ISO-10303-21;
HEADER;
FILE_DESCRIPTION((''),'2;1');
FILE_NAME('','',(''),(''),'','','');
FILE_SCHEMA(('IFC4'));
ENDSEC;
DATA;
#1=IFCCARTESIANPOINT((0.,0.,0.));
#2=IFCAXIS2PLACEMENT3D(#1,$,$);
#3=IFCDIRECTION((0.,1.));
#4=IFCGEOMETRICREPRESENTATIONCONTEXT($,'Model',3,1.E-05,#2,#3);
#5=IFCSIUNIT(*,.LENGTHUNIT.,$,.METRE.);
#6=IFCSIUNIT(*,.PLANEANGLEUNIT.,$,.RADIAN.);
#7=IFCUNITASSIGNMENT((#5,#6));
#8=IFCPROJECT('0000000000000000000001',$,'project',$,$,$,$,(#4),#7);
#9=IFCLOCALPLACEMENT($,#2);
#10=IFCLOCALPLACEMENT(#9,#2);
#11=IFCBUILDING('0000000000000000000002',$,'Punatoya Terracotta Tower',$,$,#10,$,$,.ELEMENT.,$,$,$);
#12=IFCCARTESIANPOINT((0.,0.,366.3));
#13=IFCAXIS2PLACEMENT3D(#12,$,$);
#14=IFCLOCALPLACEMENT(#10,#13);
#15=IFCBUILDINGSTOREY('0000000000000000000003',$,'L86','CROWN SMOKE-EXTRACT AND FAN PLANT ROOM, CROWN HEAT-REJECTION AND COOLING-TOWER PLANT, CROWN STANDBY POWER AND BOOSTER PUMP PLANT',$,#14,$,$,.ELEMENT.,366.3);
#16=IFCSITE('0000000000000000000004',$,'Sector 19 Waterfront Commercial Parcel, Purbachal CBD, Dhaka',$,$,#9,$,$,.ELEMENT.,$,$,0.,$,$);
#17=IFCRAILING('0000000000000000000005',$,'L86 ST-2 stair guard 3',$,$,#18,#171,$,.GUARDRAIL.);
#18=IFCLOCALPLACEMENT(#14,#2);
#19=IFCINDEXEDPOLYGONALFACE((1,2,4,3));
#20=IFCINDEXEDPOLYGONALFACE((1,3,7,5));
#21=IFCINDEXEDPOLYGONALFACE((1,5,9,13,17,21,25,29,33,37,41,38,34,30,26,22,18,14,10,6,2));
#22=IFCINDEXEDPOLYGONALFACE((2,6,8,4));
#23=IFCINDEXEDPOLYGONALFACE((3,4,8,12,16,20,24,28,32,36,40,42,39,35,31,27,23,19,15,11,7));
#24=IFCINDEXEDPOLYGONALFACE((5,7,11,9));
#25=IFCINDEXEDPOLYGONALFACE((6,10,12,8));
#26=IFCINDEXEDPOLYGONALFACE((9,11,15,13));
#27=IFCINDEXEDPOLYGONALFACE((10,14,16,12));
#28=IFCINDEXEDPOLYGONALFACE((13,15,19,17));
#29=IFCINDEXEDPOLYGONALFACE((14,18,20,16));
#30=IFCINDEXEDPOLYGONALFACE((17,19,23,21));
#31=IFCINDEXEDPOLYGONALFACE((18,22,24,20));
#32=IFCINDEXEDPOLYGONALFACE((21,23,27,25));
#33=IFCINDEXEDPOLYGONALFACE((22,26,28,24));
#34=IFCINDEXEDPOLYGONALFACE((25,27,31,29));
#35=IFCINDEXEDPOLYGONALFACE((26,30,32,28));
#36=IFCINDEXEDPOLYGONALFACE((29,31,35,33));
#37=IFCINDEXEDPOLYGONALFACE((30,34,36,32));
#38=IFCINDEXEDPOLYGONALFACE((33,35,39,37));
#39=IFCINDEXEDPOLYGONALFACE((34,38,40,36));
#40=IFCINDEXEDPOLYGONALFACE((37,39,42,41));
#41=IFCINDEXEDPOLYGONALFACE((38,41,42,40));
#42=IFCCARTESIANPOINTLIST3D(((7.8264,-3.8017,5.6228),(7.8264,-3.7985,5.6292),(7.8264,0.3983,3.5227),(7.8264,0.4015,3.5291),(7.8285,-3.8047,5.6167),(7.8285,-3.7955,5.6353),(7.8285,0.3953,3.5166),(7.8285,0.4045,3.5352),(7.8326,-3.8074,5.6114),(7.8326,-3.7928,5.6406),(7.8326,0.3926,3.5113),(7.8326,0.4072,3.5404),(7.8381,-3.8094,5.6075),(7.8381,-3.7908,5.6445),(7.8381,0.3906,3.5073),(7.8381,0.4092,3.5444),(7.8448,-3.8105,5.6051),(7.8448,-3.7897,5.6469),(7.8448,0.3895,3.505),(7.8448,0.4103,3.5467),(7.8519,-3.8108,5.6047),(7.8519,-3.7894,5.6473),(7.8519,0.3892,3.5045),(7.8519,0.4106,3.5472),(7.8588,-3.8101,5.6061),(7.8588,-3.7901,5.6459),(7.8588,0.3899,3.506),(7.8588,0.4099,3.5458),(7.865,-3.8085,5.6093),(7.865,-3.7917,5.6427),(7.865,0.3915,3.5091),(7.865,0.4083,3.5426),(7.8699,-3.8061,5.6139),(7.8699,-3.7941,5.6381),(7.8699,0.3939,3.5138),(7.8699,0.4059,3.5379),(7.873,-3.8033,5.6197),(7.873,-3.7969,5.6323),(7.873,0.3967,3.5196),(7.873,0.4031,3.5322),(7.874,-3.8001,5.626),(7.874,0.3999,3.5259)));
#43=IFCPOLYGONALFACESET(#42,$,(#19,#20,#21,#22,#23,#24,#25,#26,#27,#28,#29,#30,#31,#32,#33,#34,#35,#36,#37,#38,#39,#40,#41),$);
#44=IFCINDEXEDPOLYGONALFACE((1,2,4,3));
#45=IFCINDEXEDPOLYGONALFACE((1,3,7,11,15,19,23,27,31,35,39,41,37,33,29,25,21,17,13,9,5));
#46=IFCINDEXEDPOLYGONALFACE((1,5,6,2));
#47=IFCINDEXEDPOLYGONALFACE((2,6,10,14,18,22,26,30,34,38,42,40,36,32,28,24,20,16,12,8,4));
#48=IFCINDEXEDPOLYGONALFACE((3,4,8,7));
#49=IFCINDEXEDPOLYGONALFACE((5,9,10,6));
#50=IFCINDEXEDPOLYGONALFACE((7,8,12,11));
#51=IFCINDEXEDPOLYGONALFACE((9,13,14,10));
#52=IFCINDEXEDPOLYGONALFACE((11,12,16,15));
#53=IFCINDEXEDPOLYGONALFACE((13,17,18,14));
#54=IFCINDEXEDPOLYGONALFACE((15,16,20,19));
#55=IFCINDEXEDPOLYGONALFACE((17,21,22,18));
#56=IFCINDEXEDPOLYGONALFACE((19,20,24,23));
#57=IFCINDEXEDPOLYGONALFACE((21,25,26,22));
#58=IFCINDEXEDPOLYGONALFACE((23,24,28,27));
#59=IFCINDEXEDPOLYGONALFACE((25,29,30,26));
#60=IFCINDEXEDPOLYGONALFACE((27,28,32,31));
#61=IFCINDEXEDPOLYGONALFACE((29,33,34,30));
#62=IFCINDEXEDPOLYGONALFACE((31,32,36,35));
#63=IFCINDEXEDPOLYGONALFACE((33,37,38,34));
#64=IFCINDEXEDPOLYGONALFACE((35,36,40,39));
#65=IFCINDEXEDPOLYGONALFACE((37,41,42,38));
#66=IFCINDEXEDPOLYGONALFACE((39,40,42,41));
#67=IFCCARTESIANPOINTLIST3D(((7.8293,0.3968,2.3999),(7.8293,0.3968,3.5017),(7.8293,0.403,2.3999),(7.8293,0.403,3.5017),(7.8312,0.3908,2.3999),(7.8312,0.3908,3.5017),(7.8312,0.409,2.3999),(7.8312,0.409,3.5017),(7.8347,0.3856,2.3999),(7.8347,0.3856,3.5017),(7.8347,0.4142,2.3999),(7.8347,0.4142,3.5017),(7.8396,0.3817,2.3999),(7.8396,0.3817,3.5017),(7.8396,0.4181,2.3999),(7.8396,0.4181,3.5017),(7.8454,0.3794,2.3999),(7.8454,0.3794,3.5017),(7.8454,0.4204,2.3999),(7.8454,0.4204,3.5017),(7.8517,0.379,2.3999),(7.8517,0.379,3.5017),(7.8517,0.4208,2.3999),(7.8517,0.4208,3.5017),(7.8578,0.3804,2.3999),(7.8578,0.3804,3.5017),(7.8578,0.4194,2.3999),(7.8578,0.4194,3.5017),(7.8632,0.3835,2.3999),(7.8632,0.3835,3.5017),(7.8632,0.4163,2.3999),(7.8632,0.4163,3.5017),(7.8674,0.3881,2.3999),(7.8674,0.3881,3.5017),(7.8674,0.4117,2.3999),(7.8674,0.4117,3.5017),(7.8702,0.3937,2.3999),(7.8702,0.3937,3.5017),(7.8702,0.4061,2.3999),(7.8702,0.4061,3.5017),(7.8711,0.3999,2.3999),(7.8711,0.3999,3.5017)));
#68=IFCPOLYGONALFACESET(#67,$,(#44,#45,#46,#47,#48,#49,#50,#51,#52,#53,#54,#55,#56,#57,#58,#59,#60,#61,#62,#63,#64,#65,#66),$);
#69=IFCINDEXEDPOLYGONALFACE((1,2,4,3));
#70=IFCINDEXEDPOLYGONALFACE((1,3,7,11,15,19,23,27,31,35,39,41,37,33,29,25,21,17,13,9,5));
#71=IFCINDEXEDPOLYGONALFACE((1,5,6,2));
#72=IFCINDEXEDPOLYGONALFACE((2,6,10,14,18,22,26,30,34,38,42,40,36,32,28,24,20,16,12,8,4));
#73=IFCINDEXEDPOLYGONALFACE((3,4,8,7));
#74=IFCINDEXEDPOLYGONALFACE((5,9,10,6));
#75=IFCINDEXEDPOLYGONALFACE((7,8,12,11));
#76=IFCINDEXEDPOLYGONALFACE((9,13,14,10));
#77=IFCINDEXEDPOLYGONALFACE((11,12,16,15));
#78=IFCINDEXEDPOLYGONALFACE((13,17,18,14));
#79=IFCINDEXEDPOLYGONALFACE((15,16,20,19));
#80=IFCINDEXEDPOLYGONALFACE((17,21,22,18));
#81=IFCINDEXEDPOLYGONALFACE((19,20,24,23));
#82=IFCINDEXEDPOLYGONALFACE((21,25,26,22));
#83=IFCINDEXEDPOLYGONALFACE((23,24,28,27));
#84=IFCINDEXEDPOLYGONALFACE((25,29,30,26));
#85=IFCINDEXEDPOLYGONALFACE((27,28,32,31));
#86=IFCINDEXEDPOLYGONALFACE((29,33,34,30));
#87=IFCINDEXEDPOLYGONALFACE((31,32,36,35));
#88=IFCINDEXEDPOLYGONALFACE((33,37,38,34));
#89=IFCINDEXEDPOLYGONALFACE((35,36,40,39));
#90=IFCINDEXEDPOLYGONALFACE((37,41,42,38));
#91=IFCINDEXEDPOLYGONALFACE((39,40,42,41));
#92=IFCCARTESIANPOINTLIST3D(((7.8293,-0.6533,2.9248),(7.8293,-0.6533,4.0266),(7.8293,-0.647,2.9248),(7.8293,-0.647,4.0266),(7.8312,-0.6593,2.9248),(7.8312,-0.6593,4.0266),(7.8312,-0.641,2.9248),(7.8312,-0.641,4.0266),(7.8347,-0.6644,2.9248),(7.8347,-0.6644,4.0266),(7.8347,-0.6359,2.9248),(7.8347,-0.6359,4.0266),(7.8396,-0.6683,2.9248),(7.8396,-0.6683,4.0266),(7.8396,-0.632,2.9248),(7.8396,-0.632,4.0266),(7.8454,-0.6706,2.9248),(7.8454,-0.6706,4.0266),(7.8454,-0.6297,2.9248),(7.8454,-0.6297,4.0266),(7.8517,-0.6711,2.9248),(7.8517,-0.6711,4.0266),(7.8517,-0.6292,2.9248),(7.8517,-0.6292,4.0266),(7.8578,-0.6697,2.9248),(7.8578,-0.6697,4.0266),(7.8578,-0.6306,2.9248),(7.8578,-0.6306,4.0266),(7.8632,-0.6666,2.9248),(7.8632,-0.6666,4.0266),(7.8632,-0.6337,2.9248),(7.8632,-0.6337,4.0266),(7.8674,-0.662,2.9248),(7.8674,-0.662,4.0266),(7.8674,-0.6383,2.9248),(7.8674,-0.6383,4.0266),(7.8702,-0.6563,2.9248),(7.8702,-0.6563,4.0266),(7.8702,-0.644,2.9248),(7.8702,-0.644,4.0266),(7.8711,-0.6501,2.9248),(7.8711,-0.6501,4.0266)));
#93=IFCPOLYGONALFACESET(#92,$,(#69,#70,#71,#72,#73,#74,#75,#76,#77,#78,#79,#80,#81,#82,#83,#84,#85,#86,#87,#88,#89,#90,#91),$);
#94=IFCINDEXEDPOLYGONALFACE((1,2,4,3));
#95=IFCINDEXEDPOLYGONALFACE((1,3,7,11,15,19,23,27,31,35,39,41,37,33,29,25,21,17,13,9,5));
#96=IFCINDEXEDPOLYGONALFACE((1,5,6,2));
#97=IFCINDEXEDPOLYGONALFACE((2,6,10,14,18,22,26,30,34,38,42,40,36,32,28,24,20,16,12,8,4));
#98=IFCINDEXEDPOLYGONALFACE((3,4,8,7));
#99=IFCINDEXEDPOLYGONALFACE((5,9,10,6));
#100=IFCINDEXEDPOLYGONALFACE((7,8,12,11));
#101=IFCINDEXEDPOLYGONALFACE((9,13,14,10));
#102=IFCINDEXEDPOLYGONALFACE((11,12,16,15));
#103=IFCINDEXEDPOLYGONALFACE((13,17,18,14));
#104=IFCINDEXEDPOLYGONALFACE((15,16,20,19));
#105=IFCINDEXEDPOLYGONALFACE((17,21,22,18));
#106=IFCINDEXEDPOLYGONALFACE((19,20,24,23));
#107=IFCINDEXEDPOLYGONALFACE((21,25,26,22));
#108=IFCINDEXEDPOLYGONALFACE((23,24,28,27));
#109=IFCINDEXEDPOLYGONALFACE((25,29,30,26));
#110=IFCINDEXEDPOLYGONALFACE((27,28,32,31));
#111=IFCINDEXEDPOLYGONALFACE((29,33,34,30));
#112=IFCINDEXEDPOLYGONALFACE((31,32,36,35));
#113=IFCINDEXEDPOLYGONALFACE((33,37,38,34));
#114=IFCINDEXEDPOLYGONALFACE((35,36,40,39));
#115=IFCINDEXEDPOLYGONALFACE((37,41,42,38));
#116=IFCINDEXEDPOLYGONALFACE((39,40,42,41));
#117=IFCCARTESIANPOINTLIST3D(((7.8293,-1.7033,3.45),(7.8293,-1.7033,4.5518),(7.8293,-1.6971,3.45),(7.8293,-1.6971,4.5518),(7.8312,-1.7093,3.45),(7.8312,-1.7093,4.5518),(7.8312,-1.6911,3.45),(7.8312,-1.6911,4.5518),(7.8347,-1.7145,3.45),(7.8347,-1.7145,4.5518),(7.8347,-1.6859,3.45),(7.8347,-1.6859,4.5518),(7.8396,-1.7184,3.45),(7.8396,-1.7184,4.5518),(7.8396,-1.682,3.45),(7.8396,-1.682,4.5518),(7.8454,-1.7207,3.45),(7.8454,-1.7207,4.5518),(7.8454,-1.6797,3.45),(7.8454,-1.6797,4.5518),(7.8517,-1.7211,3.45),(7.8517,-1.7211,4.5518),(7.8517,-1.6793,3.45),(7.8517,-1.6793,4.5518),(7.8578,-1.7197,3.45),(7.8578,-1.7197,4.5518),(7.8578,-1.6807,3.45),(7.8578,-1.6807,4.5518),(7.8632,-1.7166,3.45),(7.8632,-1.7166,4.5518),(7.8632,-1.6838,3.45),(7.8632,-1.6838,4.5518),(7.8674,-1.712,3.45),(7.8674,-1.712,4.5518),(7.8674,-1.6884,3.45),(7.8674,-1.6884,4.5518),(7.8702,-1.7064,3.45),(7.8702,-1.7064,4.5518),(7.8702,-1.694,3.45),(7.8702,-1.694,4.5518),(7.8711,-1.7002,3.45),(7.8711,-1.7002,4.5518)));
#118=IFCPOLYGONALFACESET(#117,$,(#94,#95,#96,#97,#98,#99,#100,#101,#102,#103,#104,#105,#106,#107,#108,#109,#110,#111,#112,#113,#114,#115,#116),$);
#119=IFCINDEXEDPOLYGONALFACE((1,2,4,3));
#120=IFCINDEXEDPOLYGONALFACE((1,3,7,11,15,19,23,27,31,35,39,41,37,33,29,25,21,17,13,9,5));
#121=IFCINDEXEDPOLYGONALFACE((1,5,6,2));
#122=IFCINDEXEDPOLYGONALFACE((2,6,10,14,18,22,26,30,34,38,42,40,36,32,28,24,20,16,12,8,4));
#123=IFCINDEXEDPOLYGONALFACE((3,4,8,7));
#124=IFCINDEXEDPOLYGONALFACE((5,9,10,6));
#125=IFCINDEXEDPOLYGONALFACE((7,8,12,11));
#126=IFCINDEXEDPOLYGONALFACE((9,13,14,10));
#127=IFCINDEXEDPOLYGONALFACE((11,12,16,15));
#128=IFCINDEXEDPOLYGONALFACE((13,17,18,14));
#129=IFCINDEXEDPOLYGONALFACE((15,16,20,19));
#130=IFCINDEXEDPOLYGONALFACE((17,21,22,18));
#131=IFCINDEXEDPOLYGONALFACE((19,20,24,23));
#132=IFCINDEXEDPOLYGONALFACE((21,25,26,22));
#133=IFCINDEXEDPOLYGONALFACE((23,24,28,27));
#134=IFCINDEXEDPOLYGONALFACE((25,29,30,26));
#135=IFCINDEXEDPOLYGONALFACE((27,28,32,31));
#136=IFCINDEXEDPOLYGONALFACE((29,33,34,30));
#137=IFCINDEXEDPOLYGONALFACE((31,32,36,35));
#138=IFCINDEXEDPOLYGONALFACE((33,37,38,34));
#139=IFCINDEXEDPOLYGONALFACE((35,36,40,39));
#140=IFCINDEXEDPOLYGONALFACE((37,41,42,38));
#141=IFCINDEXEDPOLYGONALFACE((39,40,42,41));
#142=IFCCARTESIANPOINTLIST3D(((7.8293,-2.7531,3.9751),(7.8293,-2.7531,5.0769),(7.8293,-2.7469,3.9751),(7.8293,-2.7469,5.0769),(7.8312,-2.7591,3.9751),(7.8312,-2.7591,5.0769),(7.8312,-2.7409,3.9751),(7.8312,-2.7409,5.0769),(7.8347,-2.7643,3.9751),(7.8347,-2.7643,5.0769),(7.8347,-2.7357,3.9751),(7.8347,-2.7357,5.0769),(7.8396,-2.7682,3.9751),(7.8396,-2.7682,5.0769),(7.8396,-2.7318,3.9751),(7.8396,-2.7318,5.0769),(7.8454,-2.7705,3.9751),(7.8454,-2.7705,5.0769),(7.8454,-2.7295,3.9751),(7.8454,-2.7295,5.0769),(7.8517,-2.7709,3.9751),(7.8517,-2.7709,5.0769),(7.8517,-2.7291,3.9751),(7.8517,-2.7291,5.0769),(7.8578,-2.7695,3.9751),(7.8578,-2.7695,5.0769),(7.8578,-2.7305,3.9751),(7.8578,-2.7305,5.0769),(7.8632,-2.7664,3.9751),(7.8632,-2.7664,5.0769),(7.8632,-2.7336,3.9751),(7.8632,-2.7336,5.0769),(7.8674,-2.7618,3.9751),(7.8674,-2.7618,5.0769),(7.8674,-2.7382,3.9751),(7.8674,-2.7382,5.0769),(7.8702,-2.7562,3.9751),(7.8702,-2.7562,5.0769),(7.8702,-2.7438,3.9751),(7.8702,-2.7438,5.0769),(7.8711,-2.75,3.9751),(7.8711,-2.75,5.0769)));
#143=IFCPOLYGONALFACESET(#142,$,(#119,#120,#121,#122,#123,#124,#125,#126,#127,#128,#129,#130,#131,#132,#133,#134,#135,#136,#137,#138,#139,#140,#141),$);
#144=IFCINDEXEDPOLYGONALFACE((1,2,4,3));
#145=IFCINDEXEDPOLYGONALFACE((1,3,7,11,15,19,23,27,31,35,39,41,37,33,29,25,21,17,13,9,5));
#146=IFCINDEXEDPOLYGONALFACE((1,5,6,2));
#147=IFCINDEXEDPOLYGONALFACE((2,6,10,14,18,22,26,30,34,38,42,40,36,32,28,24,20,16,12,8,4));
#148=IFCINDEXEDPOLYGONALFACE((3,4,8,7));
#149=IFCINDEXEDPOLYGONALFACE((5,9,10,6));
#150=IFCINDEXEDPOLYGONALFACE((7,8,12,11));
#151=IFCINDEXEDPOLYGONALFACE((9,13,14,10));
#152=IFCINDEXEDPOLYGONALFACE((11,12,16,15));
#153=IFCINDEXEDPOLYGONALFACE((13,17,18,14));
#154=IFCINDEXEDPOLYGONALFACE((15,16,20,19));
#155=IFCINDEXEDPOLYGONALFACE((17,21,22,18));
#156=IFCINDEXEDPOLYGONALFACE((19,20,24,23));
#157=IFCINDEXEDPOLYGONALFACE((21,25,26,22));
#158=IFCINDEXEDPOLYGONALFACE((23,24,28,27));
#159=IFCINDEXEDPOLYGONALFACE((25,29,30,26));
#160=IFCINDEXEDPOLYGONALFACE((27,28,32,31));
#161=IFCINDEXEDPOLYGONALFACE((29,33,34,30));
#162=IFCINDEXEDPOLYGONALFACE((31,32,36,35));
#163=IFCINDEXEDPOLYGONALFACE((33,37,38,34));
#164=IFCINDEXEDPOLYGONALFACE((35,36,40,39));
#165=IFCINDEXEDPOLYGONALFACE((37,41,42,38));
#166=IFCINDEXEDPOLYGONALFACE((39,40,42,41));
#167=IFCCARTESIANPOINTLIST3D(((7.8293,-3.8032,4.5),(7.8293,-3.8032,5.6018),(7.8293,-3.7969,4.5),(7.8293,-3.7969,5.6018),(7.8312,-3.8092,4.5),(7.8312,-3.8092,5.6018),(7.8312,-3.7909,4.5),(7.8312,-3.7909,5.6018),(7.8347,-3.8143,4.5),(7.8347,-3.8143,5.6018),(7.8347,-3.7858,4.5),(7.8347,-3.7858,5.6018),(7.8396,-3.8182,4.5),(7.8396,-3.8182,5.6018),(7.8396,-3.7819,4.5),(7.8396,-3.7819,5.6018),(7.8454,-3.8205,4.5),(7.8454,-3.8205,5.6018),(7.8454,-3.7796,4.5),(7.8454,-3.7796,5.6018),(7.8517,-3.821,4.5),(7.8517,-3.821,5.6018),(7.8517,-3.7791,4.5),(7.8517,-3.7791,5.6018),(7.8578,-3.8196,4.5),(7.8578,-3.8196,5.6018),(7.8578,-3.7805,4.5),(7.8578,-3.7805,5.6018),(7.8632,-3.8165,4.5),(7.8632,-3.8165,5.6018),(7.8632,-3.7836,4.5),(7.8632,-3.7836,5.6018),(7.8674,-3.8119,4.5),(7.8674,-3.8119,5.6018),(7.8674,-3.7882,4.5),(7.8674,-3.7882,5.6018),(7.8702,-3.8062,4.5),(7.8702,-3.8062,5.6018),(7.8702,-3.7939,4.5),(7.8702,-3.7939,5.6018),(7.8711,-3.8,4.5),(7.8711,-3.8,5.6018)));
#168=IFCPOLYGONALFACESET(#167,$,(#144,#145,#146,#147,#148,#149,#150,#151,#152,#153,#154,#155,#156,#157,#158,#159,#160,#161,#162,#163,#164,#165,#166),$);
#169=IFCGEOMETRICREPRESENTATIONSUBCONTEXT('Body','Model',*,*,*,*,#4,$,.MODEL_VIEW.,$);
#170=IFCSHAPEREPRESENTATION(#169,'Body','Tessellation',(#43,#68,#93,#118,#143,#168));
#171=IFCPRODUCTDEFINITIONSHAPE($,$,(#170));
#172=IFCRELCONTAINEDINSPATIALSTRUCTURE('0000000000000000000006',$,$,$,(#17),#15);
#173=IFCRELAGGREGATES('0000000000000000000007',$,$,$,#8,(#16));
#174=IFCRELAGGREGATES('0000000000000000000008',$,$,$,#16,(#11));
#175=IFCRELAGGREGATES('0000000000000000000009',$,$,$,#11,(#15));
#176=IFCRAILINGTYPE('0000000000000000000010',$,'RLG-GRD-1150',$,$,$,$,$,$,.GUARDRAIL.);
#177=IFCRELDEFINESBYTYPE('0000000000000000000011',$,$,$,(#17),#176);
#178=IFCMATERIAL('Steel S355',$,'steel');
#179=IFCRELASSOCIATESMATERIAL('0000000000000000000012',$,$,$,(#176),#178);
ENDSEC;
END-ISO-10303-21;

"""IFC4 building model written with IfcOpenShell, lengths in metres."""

from ifc_helpers import new_model, si_unit, direction, frame, origin, origin_2d, place, context, subcontext, project, spatial, circle, extrude, material, type_object, element, save


model = new_model("IFC4")

# Units and contexts
model_context = context("Model", 3, precision=1e-05, world=origin(), true_north=direction((0.0, 1.0)))
body_context = subcontext(model_context, "Body", "Model", "MODEL_VIEW")
ifc_project = project(units=[si_unit("LENGTHUNIT", "METRE"), si_unit("PLANEANGLEUNIT", "RADIAN")], contexts=[model_context])

# Site, building, storey
site_placement = place(None, origin())
site = spatial("IfcSite", under=ifc_project, at=site_placement, Name="Sector 19 Waterfront Commercial Parcel, Purbachal CBD, Dhaka", CompositionType="ELEMENT", RefElevation=0.0)
building_placement = place(site_placement, origin())
building = spatial("IfcBuilding", under=site, at=building_placement, Name="Punatoya Terracotta Tower", CompositionType="ELEMENT")
storey_placement = place(building_placement, frame((0.0, 0.0, 366.3)))
storey = spatial("IfcBuildingStorey", under=building, at=storey_placement, Name="L86", Description="CROWN SMOKE-EXTRACT AND FAN PLANT ROOM, CROWN HEAT-REJECTION AND COOLING-TOWER PLANT, CROWN STANDBY POWER AND BOOSTER PUMP PLANT", CompositionType="ELEMENT", Elevation=366.3)

# Shared definitions
ifc_material_1 = material(Name="Steel S355", Category="steel")

# Railing
railing_type_1 = type_object("IfcRailingType", Name="RLG-GRD-1150", PredefinedType="GUARDRAIL", material=ifc_material_1)
railing_1_placement = place(storey_placement, frame((7.8501, 0.3999, 2.3999)))
element("IfcRailing", 1, at=railing_1_placement, inside=storey, type_object=railing_type_1, Name="L86 ST-2 stair guard 3", PredefinedType="GUARDRAIL", context=body_context, shape_type="SweptSolid", body=[
    extrude(circle(Radius=0.0239, at=origin_2d()), frame((0.0, 0.0, 1.126), z_axis=(0.0, -0.894417, 0.447234), x_axis=(1.0, 0.0, 0.0)), (0.0, 0.0, 1.0), 4.6958),
    extrude(circle(Radius=0.021, at=origin_2d()), origin(), (0.0, 0.0, 1.0), 1.1018),
    extrude(circle(Radius=0.021, at=origin_2d()), frame((0.0, -1.05, 0.5249)), (0.0, 0.0, 1.0), 1.1018),
    extrude(circle(Radius=0.021, at=origin_2d()), frame((0.0, -2.1001, 1.05)), (0.0, 0.0, 1.0), 1.1018),
    extrude(circle(Radius=0.021, at=origin_2d()), frame((0.0, -3.1499, 1.5752)), (0.0, 0.0, 1.0), 1.1018),
    extrude(circle(Radius=0.021, at=origin_2d()), frame((0.0, -4.2, 2.1001)), (0.0, 0.0, 1.0), 1.1018),
])

save(model, "model.ifc")
